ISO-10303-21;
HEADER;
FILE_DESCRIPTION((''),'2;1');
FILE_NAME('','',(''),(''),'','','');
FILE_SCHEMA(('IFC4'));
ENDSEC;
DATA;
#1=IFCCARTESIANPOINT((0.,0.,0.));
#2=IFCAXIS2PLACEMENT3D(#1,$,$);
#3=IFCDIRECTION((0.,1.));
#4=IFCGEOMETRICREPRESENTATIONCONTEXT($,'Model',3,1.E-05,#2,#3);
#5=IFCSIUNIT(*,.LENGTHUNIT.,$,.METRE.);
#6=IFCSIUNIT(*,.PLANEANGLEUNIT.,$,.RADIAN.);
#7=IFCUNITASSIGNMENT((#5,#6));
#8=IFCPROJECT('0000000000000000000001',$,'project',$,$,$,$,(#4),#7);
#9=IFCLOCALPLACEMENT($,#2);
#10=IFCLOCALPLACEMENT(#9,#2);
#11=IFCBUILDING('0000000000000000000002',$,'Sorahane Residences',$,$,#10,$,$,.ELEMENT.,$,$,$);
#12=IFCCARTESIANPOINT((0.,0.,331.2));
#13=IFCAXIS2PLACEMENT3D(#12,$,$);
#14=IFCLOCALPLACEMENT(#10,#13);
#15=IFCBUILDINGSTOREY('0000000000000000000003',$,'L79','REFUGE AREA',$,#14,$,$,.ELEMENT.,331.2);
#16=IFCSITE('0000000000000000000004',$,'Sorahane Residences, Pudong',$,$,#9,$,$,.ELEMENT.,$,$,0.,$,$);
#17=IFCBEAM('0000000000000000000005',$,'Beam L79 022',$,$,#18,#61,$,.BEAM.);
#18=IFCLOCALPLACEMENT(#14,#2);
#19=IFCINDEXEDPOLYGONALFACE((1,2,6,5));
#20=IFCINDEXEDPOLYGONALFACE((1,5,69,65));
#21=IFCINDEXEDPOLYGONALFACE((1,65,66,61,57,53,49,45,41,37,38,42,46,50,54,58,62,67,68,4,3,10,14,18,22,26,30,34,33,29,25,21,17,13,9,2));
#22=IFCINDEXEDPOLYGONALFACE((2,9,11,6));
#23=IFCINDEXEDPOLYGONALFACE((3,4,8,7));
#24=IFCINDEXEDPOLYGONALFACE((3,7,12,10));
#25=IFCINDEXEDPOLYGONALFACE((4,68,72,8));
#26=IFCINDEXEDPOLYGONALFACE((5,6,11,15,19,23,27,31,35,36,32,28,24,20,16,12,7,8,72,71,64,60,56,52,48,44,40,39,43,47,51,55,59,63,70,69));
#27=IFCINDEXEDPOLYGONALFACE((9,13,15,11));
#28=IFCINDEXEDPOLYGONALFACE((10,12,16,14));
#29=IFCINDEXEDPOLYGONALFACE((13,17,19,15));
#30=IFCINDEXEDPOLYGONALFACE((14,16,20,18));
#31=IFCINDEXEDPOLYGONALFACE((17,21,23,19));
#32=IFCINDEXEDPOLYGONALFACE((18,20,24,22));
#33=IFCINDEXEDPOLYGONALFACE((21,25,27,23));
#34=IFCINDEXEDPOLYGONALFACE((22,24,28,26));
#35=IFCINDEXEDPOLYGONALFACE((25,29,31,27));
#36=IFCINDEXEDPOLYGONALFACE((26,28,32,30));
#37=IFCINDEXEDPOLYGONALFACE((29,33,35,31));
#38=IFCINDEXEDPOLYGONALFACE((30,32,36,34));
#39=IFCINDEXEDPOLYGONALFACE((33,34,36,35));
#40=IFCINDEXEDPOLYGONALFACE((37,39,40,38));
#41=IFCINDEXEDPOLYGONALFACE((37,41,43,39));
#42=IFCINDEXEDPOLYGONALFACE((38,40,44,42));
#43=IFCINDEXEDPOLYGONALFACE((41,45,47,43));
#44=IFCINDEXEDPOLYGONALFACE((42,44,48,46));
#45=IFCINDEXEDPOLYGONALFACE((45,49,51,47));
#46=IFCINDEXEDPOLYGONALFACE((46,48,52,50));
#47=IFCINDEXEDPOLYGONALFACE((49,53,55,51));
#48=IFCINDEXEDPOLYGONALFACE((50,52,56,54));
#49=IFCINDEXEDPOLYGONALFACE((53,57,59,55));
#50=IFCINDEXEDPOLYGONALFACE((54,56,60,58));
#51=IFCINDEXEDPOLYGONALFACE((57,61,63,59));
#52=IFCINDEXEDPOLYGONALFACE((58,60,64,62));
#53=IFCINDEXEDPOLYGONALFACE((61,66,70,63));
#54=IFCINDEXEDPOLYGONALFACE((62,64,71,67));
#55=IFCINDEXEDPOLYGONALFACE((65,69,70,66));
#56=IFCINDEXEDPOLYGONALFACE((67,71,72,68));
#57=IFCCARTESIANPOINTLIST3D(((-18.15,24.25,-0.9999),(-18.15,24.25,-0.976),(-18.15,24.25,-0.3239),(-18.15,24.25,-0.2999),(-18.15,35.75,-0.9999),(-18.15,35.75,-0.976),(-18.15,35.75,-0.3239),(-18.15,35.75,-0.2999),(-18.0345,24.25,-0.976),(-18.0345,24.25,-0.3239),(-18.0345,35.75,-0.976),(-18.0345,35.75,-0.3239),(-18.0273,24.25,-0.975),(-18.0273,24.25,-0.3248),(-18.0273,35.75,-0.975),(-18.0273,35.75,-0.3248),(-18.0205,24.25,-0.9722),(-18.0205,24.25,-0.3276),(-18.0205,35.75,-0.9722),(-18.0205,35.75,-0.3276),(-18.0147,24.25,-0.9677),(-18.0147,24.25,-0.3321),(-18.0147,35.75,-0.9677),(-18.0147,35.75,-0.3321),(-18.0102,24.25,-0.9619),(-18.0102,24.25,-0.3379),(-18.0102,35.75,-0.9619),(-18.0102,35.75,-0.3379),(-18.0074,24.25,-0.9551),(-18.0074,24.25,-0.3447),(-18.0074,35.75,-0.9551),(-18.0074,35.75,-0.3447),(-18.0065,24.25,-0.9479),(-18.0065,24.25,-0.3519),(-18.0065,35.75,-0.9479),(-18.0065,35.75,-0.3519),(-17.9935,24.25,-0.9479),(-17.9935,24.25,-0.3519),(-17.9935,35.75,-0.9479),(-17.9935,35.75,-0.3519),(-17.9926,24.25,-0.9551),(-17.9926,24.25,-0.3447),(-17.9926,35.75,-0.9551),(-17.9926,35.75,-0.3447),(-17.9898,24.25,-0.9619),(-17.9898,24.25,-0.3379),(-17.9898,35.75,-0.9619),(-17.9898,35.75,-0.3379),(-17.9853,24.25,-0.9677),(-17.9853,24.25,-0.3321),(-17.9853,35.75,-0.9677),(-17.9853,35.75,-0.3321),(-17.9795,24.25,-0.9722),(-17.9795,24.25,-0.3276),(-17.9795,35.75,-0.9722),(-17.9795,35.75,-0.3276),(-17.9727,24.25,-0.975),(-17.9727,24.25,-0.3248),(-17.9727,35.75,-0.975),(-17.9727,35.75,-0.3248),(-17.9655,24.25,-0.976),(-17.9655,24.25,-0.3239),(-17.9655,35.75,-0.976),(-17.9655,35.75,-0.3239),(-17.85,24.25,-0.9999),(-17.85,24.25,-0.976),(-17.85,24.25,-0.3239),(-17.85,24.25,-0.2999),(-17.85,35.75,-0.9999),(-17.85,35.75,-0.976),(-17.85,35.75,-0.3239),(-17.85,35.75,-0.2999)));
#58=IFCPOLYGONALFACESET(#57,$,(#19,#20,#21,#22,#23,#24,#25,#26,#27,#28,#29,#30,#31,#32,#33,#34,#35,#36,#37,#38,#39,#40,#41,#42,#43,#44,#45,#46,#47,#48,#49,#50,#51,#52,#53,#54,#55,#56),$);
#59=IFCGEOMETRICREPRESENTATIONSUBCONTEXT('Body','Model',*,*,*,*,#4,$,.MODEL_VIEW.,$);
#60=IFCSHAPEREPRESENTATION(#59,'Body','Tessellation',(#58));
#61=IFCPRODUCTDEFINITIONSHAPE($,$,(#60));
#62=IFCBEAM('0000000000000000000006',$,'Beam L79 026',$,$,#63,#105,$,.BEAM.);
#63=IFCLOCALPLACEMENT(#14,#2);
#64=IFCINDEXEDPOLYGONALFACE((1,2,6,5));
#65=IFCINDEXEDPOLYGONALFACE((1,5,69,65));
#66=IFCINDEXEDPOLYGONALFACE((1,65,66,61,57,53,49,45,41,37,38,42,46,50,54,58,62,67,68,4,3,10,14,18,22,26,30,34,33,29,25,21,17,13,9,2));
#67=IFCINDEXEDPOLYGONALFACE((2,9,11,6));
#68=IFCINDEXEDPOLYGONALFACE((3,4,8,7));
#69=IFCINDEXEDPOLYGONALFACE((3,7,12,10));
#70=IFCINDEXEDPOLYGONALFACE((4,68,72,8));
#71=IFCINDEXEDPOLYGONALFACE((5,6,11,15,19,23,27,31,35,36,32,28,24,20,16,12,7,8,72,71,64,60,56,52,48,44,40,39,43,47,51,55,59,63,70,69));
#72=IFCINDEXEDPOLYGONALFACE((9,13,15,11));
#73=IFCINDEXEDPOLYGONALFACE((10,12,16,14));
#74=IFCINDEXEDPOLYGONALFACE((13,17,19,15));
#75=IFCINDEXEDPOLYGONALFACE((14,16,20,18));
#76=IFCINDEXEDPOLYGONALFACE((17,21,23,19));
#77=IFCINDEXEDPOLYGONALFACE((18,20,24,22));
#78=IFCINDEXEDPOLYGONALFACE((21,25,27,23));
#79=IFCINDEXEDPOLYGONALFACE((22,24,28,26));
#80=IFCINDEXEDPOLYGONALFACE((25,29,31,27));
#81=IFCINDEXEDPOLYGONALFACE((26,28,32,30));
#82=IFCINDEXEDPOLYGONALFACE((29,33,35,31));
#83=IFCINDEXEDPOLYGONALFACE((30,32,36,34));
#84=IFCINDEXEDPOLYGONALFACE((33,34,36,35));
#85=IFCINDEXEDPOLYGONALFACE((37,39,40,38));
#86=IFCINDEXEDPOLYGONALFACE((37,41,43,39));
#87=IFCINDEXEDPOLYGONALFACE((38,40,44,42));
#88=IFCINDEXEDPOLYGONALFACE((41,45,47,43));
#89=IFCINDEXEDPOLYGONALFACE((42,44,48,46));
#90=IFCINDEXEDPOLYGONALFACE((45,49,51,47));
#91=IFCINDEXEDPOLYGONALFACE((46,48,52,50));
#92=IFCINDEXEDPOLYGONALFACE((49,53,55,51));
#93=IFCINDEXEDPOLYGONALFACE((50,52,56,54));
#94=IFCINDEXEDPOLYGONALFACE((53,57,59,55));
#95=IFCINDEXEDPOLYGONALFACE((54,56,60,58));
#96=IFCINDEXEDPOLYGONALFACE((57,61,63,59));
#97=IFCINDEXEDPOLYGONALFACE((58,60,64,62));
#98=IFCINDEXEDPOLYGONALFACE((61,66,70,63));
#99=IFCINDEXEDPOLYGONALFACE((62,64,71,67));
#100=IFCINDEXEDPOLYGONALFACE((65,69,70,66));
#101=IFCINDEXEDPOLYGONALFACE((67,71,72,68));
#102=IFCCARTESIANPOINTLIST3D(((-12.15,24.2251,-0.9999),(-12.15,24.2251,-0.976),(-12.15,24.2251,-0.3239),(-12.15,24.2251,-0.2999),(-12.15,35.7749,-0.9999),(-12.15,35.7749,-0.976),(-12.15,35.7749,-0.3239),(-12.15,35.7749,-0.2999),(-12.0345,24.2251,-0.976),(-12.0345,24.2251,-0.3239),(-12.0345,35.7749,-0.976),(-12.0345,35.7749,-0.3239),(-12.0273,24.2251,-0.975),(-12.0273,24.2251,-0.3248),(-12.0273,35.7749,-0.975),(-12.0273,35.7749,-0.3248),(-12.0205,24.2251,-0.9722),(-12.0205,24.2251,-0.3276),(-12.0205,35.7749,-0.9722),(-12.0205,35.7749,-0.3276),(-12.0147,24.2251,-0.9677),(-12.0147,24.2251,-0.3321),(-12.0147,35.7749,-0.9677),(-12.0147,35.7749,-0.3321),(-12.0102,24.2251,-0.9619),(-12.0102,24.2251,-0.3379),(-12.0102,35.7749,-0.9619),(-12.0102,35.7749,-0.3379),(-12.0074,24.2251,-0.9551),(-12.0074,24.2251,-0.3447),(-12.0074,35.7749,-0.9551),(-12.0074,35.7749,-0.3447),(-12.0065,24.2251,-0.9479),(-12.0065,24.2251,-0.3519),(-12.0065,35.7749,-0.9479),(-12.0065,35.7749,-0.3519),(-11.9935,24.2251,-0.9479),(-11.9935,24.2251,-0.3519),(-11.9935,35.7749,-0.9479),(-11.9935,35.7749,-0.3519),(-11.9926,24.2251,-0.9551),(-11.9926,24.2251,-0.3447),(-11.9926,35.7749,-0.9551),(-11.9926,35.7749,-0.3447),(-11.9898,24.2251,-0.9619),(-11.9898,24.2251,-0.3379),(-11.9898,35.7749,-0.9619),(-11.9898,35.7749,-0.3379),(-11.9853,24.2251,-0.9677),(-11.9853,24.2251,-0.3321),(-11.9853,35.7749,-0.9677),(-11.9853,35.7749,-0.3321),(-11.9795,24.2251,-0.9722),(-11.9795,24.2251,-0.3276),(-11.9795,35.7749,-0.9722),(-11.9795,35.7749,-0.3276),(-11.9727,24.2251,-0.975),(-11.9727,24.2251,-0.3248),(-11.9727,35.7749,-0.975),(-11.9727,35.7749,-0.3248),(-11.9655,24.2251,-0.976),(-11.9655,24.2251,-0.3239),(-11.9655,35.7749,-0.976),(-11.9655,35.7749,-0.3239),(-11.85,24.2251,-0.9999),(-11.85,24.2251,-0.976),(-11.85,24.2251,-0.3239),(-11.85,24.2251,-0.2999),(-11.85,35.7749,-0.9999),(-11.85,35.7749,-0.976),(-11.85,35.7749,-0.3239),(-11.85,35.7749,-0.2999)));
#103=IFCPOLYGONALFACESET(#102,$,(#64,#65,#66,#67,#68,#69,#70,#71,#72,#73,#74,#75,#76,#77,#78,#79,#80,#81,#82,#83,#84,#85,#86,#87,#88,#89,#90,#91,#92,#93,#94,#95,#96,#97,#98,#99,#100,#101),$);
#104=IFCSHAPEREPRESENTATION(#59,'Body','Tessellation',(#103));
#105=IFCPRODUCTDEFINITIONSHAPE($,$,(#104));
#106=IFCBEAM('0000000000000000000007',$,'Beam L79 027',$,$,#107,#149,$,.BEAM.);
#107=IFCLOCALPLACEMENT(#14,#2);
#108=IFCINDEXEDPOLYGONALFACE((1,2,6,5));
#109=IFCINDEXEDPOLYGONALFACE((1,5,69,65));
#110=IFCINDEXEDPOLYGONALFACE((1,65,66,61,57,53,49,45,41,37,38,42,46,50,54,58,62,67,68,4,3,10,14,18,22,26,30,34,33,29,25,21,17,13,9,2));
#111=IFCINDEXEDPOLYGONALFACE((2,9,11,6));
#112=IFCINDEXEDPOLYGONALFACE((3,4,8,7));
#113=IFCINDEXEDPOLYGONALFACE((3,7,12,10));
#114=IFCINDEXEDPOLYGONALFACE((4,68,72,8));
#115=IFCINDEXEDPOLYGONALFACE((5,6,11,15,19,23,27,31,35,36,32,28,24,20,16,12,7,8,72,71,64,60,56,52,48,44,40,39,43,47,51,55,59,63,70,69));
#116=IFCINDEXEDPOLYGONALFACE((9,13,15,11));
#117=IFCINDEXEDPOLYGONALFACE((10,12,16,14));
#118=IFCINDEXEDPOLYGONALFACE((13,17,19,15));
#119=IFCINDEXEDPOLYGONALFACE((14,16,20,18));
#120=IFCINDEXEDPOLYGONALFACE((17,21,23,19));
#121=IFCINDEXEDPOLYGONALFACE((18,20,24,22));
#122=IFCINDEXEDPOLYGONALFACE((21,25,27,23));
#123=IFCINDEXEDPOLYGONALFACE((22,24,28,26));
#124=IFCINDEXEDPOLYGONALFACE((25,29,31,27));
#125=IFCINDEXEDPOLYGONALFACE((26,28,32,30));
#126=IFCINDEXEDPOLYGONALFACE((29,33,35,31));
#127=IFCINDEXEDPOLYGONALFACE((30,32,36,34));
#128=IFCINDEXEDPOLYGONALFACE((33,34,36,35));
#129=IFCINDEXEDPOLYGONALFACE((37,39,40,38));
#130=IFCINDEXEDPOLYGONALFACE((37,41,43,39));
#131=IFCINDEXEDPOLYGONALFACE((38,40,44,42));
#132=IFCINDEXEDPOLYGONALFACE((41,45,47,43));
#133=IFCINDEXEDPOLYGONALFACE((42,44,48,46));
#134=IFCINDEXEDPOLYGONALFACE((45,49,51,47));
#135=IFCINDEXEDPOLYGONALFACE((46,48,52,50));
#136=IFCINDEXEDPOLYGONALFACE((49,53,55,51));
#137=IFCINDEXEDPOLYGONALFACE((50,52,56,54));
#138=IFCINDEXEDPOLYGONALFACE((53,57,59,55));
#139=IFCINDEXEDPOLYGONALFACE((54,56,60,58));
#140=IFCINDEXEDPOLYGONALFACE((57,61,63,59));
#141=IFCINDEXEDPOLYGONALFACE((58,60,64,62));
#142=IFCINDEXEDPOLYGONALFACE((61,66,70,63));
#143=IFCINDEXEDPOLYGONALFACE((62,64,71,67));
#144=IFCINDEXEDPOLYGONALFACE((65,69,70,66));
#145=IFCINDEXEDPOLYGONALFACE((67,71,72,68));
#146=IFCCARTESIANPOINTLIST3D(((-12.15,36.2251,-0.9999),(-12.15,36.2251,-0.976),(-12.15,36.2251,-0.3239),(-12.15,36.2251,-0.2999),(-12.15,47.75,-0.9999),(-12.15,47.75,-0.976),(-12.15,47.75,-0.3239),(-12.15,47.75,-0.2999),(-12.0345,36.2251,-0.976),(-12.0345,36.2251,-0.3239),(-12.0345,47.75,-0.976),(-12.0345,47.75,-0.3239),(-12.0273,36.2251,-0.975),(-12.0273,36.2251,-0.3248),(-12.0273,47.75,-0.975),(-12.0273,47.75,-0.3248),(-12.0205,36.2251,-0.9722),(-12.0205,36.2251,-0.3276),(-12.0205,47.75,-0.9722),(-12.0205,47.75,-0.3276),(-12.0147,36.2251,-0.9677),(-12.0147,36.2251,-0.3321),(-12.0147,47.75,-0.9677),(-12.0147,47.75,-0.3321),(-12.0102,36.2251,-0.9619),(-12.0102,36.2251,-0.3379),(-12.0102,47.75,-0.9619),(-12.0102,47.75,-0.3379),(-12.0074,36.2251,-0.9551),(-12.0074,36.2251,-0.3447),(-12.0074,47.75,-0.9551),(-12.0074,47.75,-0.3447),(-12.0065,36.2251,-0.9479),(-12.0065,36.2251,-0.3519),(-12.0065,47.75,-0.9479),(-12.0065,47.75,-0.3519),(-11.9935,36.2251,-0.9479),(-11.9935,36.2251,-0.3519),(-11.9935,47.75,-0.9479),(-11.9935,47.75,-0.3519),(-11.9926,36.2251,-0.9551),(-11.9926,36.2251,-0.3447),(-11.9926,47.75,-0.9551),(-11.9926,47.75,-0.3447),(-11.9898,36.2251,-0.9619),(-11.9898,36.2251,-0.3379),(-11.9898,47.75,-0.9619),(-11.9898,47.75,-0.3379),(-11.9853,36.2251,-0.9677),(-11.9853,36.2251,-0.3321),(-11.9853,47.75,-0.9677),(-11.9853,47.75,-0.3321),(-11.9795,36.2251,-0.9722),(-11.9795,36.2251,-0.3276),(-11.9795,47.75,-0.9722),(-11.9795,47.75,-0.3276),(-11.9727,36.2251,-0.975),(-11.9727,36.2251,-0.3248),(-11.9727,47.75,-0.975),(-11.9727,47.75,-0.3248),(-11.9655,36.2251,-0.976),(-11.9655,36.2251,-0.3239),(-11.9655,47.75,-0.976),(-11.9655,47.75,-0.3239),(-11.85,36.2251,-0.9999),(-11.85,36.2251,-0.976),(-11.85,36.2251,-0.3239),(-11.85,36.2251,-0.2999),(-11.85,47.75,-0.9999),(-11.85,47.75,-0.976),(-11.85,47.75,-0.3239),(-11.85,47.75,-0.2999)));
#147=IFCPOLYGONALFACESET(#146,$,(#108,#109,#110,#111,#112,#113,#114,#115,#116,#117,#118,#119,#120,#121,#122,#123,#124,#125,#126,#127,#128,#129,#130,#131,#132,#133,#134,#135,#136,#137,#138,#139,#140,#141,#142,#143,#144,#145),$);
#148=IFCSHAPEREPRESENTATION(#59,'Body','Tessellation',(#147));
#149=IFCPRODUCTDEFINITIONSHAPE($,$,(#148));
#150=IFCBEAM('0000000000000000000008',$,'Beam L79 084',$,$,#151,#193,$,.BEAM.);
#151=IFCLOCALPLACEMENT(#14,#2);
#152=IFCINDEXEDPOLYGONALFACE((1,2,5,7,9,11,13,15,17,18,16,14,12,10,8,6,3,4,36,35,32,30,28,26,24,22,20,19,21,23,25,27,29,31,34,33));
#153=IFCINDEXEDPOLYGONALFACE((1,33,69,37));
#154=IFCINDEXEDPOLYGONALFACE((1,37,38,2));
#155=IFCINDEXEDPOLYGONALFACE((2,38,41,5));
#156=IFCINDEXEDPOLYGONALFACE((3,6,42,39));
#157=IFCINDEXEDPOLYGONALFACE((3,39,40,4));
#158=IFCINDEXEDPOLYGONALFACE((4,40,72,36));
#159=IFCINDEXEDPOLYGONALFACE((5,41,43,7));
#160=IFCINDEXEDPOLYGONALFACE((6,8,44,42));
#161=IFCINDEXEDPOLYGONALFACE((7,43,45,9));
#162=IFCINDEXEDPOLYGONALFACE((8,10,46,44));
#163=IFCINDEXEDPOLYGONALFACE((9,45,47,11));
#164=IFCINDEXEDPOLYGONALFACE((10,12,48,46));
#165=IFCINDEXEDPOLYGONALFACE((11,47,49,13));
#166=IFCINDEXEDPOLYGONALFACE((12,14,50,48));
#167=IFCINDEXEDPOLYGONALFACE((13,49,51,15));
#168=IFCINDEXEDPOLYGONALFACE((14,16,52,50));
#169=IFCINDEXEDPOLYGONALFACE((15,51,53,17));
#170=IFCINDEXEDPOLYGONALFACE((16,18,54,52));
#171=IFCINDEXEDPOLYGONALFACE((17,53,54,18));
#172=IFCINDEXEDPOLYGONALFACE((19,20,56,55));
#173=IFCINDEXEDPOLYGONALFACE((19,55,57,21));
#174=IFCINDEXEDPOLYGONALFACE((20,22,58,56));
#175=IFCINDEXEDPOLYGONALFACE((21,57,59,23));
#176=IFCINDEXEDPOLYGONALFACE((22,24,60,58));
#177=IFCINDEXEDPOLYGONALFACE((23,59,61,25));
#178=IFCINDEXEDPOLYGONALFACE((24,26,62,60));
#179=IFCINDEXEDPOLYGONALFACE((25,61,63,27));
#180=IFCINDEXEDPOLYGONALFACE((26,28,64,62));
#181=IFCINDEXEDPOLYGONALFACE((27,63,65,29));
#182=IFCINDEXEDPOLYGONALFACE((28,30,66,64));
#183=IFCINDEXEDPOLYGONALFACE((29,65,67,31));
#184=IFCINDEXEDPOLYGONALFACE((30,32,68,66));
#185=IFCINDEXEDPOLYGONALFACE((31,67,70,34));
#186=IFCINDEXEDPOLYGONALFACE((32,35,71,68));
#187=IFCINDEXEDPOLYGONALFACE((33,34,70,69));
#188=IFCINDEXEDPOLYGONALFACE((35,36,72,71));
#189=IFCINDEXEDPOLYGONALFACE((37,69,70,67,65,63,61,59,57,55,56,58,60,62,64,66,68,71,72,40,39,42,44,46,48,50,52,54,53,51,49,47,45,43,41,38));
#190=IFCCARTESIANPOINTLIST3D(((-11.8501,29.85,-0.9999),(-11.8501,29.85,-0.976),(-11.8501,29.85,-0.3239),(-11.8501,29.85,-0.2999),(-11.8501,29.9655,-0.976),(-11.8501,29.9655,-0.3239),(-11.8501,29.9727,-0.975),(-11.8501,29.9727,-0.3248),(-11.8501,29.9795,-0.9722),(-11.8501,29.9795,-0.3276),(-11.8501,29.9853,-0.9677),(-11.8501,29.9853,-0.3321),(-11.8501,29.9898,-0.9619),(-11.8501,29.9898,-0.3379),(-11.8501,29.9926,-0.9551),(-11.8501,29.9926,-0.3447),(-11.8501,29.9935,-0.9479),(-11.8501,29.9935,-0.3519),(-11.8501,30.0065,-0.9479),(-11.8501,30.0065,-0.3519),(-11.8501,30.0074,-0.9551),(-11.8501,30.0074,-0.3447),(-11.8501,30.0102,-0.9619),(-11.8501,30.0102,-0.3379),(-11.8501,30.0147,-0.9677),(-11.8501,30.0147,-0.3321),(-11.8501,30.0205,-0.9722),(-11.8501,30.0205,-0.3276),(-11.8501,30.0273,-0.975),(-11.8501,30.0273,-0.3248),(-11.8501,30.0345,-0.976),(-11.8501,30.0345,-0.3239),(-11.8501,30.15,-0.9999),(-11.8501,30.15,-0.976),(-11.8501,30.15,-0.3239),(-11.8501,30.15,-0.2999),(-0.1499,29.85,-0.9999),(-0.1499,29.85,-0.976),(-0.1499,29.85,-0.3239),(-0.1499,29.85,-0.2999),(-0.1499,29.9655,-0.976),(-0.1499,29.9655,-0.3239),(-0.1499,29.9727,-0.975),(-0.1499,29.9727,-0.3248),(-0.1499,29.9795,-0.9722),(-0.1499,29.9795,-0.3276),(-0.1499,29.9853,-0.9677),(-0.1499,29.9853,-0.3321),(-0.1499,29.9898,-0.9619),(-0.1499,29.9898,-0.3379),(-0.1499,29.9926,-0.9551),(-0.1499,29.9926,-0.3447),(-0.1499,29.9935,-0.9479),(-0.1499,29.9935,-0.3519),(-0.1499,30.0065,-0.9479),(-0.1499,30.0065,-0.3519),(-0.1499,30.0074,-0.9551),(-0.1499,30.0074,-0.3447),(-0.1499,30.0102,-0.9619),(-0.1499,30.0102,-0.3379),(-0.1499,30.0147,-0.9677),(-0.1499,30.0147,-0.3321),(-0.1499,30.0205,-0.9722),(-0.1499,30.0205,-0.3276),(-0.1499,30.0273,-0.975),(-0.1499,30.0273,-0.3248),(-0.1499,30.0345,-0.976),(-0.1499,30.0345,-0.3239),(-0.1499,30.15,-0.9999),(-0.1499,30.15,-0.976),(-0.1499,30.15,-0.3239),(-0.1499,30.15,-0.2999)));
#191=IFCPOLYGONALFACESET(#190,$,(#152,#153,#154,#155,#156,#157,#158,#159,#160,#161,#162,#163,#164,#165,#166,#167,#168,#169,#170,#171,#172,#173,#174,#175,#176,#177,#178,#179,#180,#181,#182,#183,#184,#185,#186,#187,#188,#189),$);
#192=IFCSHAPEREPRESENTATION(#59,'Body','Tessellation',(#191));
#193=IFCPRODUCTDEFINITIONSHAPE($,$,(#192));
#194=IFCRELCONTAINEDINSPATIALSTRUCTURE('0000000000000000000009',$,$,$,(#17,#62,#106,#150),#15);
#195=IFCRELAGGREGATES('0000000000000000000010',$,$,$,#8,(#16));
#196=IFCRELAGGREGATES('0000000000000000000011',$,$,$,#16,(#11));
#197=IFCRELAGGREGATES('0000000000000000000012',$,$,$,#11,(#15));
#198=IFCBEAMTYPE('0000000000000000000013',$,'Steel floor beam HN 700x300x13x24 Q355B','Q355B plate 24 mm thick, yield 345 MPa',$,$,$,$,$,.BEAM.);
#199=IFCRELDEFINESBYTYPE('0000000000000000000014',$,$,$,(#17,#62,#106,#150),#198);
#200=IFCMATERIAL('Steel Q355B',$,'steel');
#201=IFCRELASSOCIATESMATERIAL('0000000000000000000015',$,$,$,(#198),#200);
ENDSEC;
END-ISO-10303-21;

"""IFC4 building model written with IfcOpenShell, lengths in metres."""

from ifc_helpers import new_model, si_unit, direction, frame, origin, origin_2d, place, context, subcontext, project, spatial, i_section, extrude, material, material_profile, profile_set, type_object, element, save


model = new_model("IFC4")

# Units and contexts
model_context = context("Model", 3, precision=1e-05, world=origin(), true_north=direction((0.0, 1.0)))
body_context = subcontext(model_context, "Body", "Model", "MODEL_VIEW")
ifc_project = project(units=[si_unit("LENGTHUNIT", "METRE"), si_unit("PLANEANGLEUNIT", "RADIAN")], contexts=[model_context])

# Site, building, storey
site_placement = place(None, origin())
site = spatial("IfcSite", under=ifc_project, at=site_placement, Name="Sorahane Residences, Pudong", CompositionType="ELEMENT", RefElevation=0.0)
building_placement = place(site_placement, origin())
building = spatial("IfcBuilding", under=site, at=building_placement, Name="Sorahane Residences", CompositionType="ELEMENT")
storey_placement = place(building_placement, frame((0.0, 0.0, 331.2)))
storey = spatial("IfcBuildingStorey", under=building, at=storey_placement, Name="L79", Description="REFUGE AREA", CompositionType="ELEMENT", Elevation=331.2)

# Beams
ifc_material_1 = material(Name="Steel Q355B", Category="steel")
ifc_material_profile_1 = material_profile(ifc_material_1, i_section(OverallWidth=0.3, OverallDepth=0.7, WebThickness=0.0129, FlangeThickness=0.0239, FilletRadius=0.0281, at=origin_2d()), Name="HN 700x300x13x24")
ifc_profile_set_1 = profile_set([ifc_material_profile_1], Name="Steel Q355B")
beam_type_1 = type_object("IfcBeamType", Name="Steel floor beam HN 700x300x13x24 Q355B", Description="Q355B plate 24 mm thick, yield 345 MPa", PredefinedType="BEAM", material=ifc_profile_set_1)
for number, where, z_axis, x_axis, name in (
    (1, (-18.0, 24.25, -0.6499), (0.0, 1.0, 0.0), (-1.0, 0.0, 0.0), "Beam L79 022"),
):
    element("IfcBeam", number, at=place(storey_placement, frame(where, z_axis=z_axis, x_axis=x_axis)), inside=storey, type_object=beam_type_1, Name=name, PredefinedType="BEAM", context=body_context, shape_type="SweptSolid", body=[
        extrude(i_section(OverallWidth=0.3, OverallDepth=0.7, WebThickness=0.0129, FlangeThickness=0.0239, FilletRadius=0.0281, at=origin_2d()), origin(), (0.0, 0.0, 1.0), 11.5),
    ])
beam_1_placement = place(storey_placement, frame((-12.0, 24.2251, -0.6499), z_axis=(0.0, 1.0, 0.0), x_axis=(-1.0, 0.0, 0.0)))
element("IfcBeam", 2, at=beam_1_placement, inside=storey, type_object=beam_type_1, Name="Beam L79 026", PredefinedType="BEAM", context=body_context, shape_type="SweptSolid", body=[
    extrude(i_section(OverallWidth=0.3, OverallDepth=0.7, WebThickness=0.0129, FlangeThickness=0.0239, FilletRadius=0.0281, at=origin_2d()), origin(), (0.0, 0.0, 1.0), 11.5498),
])
beam_2_placement = place(storey_placement, frame((-12.0, 36.2251, -0.6499), z_axis=(0.0, 1.0, 0.0), x_axis=(-1.0, 0.0, 0.0)))
element("IfcBeam", 3, at=beam_2_placement, inside=storey, type_object=beam_type_1, Name="Beam L79 027", PredefinedType="BEAM", context=body_context, shape_type="SweptSolid", body=[
    extrude(i_section(OverallWidth=0.3, OverallDepth=0.7, WebThickness=0.0129, FlangeThickness=0.0239, FilletRadius=0.0281, at=origin_2d()), origin(), (0.0, 0.0, 1.0), 11.5249),
])
for number, where, z_axis, x_axis, name in (
    (4, (-11.8501, 30.0, -0.6499), (1.0, 0.0, 0.0), (0.0, 1.0, 0.0), "Beam L79 084"),
):
    element("IfcBeam", number, at=place(storey_placement, frame(where, z_axis=z_axis, x_axis=x_axis)), inside=storey, type_object=beam_type_1, Name=name, PredefinedType="BEAM", context=body_context, shape_type="SweptSolid", body=[
        extrude(i_section(OverallWidth=0.3, OverallDepth=0.7, WebThickness=0.0129, FlangeThickness=0.0239, FilletRadius=0.0281, at=origin_2d()), origin(), (0.0, 0.0, 1.0), 11.7002),
    ])

save(model, "model.ifc")
